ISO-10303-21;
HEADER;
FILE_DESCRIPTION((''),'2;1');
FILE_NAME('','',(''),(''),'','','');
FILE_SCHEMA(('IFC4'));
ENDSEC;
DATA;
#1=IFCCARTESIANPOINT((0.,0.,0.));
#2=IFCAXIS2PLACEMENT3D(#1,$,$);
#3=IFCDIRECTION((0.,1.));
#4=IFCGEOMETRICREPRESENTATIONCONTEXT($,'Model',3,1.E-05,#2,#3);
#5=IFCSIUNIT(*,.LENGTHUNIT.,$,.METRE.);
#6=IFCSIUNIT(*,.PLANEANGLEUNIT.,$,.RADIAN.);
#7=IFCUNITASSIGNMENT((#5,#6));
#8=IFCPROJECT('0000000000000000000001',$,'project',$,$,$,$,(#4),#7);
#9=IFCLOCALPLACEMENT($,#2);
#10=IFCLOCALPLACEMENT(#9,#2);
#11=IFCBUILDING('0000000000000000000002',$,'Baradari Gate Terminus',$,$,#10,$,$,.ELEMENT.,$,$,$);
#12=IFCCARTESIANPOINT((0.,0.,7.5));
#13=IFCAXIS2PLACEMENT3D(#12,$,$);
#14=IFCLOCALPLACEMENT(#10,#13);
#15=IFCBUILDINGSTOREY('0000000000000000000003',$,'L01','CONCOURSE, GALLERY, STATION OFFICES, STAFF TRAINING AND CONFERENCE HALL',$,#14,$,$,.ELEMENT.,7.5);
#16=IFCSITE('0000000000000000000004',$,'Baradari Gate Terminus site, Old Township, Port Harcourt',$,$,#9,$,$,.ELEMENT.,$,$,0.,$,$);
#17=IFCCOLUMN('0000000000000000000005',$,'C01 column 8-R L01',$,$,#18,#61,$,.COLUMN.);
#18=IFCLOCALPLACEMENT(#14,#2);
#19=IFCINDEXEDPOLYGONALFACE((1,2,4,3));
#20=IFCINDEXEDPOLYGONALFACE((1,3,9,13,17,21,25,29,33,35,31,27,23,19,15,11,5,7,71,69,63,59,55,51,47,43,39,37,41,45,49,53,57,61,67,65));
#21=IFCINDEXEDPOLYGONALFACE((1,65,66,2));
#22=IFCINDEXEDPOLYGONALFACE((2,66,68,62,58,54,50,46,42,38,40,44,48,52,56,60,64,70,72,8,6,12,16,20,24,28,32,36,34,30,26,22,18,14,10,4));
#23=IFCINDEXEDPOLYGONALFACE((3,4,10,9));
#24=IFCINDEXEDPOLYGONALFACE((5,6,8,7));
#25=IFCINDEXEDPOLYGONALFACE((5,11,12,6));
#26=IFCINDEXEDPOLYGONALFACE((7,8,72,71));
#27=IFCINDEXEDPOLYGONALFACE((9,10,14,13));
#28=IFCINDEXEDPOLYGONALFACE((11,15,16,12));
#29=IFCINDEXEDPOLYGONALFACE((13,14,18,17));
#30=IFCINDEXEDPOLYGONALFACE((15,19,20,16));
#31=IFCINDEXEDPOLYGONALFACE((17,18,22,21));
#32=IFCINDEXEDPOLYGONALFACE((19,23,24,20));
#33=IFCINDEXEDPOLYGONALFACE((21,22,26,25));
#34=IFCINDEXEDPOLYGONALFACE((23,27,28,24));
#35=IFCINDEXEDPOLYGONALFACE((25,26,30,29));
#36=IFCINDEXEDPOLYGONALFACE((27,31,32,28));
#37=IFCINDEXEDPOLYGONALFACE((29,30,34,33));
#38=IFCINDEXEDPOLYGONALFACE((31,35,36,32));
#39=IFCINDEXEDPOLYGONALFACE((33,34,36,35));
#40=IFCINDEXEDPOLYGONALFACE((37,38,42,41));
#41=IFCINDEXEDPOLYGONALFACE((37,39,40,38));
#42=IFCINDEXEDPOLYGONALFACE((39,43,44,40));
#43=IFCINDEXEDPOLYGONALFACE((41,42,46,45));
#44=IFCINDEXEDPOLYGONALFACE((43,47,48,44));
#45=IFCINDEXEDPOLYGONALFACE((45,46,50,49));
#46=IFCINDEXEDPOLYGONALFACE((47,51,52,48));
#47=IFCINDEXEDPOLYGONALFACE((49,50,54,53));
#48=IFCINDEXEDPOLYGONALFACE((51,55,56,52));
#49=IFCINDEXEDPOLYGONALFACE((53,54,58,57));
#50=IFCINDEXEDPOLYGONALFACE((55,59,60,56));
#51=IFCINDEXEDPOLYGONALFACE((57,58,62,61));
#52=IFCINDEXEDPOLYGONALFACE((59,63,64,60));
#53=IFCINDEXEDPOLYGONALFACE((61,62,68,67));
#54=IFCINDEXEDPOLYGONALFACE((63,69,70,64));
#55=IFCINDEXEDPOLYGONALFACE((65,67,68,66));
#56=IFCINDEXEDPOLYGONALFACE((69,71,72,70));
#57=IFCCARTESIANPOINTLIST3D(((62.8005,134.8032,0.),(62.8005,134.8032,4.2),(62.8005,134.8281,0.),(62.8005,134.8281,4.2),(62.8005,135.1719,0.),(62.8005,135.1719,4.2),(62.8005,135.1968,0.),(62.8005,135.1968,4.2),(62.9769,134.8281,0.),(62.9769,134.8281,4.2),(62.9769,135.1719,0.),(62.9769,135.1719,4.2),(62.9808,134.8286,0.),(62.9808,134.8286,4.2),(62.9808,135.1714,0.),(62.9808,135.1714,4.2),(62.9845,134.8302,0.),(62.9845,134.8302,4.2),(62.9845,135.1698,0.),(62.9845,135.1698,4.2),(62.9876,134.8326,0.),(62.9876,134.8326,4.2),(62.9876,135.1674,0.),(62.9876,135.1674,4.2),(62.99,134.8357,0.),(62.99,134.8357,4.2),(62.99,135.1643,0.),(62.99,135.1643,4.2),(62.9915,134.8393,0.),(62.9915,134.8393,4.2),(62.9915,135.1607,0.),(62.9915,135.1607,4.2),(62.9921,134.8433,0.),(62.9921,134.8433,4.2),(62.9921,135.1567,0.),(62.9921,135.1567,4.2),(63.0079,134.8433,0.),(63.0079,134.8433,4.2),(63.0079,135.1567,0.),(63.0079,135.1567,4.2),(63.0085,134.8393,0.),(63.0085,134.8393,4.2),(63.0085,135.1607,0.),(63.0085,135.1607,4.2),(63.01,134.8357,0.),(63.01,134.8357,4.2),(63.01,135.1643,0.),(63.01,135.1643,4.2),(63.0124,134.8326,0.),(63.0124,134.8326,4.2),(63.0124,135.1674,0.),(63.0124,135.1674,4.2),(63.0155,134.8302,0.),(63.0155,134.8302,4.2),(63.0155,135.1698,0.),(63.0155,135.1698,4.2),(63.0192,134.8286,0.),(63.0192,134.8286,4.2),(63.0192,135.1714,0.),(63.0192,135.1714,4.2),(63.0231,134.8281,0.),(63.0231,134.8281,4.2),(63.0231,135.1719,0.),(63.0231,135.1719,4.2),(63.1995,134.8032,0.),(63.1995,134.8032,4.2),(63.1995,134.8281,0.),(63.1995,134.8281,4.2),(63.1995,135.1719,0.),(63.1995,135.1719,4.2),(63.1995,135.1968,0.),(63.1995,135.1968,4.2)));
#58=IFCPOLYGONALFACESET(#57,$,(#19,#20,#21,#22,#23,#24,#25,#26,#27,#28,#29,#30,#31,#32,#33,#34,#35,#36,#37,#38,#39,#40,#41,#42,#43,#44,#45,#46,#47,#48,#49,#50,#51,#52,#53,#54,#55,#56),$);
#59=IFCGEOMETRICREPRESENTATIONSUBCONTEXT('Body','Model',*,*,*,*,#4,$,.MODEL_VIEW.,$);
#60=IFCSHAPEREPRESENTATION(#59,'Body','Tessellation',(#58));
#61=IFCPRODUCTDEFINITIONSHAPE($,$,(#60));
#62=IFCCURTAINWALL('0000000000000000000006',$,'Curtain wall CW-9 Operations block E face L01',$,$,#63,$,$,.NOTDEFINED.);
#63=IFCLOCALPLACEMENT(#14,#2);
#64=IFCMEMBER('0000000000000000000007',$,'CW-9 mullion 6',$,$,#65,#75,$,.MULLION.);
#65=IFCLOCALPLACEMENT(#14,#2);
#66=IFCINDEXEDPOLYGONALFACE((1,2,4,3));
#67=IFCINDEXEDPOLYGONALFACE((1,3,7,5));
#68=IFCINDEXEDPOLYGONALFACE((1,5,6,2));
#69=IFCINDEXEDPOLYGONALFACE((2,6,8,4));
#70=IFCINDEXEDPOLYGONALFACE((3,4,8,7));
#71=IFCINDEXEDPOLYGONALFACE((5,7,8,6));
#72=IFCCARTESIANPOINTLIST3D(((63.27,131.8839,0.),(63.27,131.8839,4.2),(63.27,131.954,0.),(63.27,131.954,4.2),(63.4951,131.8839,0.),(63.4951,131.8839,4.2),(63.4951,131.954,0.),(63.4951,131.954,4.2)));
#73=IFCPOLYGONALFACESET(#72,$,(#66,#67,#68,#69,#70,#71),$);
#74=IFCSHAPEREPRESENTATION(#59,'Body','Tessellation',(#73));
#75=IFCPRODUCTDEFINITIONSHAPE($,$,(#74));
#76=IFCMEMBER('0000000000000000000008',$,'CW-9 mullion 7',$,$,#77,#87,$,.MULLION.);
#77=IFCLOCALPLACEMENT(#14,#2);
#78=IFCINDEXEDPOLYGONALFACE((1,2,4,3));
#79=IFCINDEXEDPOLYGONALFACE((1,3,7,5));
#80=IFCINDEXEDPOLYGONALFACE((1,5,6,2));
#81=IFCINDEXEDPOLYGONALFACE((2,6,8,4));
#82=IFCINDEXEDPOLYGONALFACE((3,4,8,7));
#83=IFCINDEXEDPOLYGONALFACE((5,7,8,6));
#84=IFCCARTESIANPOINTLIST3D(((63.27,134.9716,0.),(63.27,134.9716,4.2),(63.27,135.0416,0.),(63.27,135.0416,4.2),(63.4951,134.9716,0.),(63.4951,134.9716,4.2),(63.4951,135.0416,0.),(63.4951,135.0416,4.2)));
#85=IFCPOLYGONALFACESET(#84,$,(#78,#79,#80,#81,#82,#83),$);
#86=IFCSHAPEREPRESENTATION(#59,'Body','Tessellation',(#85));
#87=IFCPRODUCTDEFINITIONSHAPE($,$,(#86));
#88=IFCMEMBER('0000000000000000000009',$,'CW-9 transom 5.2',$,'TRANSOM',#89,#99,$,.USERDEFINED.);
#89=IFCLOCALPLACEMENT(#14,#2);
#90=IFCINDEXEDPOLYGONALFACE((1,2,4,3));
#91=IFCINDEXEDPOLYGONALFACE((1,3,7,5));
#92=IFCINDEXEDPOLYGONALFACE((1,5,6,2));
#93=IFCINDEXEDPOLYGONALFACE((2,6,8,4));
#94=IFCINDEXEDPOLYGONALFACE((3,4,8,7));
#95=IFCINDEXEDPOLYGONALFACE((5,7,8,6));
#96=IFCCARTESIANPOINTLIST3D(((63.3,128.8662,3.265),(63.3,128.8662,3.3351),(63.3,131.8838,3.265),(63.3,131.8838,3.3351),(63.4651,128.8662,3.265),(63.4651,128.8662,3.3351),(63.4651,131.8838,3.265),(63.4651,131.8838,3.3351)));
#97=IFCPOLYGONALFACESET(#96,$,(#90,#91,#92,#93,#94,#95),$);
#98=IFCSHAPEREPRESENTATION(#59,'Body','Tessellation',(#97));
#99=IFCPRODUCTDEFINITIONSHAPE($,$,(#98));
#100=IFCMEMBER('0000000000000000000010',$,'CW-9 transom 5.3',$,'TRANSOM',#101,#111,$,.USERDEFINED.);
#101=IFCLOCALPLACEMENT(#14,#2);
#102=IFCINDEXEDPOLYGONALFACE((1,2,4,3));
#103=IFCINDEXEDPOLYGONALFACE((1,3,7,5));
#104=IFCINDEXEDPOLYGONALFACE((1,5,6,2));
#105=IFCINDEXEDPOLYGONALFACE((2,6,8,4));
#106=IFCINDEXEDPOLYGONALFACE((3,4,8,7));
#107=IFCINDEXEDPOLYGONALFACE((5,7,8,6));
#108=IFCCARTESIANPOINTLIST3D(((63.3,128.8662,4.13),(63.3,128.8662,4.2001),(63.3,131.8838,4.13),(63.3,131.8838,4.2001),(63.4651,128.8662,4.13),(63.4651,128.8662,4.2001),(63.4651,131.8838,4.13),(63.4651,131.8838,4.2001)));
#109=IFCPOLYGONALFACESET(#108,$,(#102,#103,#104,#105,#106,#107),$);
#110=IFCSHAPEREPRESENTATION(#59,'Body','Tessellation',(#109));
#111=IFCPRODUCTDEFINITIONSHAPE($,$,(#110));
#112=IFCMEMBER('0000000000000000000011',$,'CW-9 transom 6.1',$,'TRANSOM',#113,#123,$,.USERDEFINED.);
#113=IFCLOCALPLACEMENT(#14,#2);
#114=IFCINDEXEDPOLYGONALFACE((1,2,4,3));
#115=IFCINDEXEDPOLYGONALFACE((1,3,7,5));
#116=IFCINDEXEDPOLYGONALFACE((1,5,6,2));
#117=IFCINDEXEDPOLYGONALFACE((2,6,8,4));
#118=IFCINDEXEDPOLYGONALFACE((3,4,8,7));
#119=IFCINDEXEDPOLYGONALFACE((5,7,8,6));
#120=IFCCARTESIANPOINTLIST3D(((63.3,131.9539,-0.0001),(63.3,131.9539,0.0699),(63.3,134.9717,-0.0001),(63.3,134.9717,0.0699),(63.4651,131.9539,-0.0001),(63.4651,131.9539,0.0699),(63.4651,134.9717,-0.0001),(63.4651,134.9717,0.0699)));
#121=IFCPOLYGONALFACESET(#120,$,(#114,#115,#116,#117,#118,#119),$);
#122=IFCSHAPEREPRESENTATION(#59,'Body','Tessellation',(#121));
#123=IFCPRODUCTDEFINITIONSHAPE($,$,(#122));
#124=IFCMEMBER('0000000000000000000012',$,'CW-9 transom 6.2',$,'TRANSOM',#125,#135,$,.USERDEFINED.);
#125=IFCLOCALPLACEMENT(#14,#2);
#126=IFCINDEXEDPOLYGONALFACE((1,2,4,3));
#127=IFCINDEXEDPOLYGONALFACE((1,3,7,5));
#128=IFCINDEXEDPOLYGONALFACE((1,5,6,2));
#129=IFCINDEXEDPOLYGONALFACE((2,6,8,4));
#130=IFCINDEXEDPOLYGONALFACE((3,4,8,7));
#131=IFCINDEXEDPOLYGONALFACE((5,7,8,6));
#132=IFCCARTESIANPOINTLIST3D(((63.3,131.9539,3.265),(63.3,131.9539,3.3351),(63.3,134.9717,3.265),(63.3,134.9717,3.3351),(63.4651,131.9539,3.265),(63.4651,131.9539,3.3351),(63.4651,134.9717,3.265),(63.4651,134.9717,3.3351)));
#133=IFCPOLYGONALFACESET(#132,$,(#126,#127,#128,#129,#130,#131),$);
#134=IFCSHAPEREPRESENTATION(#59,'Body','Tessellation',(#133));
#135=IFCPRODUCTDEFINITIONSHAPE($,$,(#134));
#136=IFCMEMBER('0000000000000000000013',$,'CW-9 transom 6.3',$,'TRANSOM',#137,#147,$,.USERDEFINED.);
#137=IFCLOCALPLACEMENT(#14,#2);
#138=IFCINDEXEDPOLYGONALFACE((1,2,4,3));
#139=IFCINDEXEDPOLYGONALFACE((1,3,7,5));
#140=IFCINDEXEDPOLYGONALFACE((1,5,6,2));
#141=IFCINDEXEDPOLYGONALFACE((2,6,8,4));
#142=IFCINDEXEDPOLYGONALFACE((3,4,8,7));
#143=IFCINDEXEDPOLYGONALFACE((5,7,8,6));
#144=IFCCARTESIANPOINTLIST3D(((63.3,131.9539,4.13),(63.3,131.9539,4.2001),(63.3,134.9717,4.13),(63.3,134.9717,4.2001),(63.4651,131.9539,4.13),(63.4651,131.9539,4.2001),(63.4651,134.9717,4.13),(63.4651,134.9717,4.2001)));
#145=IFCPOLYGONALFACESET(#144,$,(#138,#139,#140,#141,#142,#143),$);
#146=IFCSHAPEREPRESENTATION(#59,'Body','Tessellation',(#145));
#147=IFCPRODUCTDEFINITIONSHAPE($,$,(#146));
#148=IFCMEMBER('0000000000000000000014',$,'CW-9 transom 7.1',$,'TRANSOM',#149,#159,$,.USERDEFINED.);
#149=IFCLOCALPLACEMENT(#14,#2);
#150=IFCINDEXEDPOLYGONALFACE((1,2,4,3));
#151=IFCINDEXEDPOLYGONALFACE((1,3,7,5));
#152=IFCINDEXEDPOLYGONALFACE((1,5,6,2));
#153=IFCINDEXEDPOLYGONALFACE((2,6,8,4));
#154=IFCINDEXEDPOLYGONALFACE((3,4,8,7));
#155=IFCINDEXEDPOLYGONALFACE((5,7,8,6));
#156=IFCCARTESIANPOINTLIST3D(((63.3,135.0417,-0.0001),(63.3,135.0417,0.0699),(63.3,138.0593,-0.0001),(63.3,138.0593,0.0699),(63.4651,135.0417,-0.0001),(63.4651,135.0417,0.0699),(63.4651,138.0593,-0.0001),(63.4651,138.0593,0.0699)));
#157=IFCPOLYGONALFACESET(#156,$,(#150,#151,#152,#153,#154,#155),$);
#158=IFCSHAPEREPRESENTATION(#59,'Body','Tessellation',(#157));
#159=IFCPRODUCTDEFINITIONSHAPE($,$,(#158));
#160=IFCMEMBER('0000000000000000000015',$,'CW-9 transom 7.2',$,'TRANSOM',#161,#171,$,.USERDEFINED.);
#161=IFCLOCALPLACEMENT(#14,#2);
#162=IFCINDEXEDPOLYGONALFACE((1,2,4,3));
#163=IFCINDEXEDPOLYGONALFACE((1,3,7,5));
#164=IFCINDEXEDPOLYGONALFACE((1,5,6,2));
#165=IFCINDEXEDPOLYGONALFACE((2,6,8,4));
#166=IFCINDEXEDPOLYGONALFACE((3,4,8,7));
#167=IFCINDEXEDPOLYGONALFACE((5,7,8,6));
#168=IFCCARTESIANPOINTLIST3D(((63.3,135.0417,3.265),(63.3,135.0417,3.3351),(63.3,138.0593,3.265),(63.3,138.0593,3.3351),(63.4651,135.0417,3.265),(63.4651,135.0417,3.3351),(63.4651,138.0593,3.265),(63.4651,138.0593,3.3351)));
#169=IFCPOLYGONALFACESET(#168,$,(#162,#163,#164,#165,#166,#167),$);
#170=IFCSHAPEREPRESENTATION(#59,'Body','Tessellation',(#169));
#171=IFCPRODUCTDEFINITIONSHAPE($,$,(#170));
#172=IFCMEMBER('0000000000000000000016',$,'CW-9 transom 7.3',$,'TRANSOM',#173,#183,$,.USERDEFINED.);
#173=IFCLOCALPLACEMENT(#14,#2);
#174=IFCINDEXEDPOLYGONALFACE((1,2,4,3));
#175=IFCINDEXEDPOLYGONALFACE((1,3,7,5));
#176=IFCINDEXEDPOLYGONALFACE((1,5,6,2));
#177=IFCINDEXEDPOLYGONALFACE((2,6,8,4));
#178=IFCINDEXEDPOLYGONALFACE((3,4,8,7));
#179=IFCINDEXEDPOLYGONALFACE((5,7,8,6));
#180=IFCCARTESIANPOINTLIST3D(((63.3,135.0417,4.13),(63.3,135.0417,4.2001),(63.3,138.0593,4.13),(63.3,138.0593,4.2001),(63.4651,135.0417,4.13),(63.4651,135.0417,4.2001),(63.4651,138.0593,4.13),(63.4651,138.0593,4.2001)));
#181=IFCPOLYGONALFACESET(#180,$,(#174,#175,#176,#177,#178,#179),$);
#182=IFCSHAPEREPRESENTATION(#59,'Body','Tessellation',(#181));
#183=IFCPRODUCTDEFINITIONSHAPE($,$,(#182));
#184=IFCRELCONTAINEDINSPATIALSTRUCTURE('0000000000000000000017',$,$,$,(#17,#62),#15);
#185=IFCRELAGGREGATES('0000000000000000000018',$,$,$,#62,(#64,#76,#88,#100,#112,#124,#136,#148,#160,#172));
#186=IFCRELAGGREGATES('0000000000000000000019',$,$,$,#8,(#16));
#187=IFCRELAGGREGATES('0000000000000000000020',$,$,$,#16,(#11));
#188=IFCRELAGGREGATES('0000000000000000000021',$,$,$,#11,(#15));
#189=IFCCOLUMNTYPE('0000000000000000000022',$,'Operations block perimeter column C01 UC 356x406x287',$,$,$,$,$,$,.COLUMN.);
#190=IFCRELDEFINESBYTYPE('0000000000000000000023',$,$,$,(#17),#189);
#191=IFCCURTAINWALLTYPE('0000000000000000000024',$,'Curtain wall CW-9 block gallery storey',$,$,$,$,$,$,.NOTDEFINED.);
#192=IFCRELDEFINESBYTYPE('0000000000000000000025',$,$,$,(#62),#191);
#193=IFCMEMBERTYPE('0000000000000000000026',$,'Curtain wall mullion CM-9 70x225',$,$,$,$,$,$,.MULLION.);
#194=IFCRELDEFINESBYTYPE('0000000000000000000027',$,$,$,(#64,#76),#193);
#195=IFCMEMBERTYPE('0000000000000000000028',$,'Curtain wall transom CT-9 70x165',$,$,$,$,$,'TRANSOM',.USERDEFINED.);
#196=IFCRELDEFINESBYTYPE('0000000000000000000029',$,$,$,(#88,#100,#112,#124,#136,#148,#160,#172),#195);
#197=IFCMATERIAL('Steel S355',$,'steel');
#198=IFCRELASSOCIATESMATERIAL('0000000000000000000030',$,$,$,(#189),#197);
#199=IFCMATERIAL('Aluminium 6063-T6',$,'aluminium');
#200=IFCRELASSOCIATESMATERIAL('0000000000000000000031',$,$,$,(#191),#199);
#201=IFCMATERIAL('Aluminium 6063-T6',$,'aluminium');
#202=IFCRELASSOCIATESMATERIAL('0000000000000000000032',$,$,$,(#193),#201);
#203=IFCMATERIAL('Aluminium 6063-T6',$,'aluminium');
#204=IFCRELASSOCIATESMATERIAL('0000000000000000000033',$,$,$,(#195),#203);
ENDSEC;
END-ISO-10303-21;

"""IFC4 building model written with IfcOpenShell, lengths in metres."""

from ifc_helpers import new_model, si_unit, direction, frame, origin, origin_2d, place, context, subcontext, project, spatial, rectangle, i_section, extrude, material, material_profile, profile_set, type_object, element, aggregate, save


model = new_model("IFC4")

# Units and contexts
model_context = context("Model", 3, precision=1e-05, world=origin(), true_north=direction((0.0, 1.0)))
body_context = subcontext(model_context, "Body", "Model", "MODEL_VIEW")
ifc_project = project(units=[si_unit("LENGTHUNIT", "METRE"), si_unit("PLANEANGLEUNIT", "RADIAN")], contexts=[model_context])

# Site, building, storey
site_placement = place(None, origin())
site = spatial("IfcSite", under=ifc_project, at=site_placement, Name="Baradari Gate Terminus site, Old Township, Port Harcourt", CompositionType="ELEMENT", RefElevation=0.0)
building_placement = place(site_placement, origin())
building = spatial("IfcBuilding", under=site, at=building_placement, Name="Baradari Gate Terminus", CompositionType="ELEMENT")
storey_placement = place(building_placement, frame((0.0, 0.0, 7.5)))
storey = spatial("IfcBuildingStorey", under=building, at=storey_placement, Name="L01", Description="CONCOURSE, GALLERY, STATION OFFICES, STAFF TRAINING AND CONFERENCE HALL", CompositionType="ELEMENT", Elevation=7.5)

# Column
ifc_material_1 = material(Name="Steel S355", Category="steel")
ifc_material_profile_1 = material_profile(ifc_material_1, i_section(OverallWidth=0.3989, OverallDepth=0.3936, WebThickness=0.0159, FlangeThickness=0.0249, FilletRadius=0.0151, at=origin_2d()), Name="UC 356x406x287")
ifc_profile_set_1 = profile_set([ifc_material_profile_1], Name="Steel S355")
column_type = type_object("IfcColumnType", Name="Operations block perimeter column C01 UC 356x406x287", PredefinedType="COLUMN", material=ifc_profile_set_1)
column_placement = place(storey_placement, frame((63.0, 135.0, 0.0), z_axis=(0.0, 0.0, 1.0), x_axis=(1.0, 0.0, 0.0)))
element("IfcColumn", 1, at=column_placement, inside=storey, type_object=column_type, Name="C01 column 8-R L01", PredefinedType="COLUMN", context=body_context, shape_type="SweptSolid", body=[
    extrude(i_section(OverallWidth=0.3989, OverallDepth=0.3936, WebThickness=0.0159, FlangeThickness=0.0249, FilletRadius=0.0151, at=origin_2d()), origin(), (0.0, 0.0, 1.0), 4.2),
])

# Curtain wall, members
ifc_material_2 = material(Name="Aluminium 6063-T6", Category="aluminium")
curtain_wall_type = type_object("IfcCurtainWallType", Name="Curtain wall CW-9 block gallery storey", PredefinedType="NOTDEFINED", material=ifc_material_2)
curtain_wall_placement = place(storey_placement, origin())
curtain_wall = element("IfcCurtainWall", 2, at=curtain_wall_placement, inside=storey, type_object=curtain_wall_type, Name="Curtain wall CW-9 Operations block E face L01", PredefinedType="NOTDEFINED")
ifc_material_3 = material(Name="Aluminium 6063-T6", Category="aluminium")
ifc_material_profile_2 = material_profile(ifc_material_3, rectangle(XDim=0.2251, YDim=0.0701, at=origin_2d()), Name="CM-9 70X225")
ifc_profile_set_2 = profile_set([ifc_material_profile_2], Name="Aluminium 6063-T6")
member_type_1 = type_object("IfcMemberType", Name="Curtain wall mullion CM-9 70x225", PredefinedType="MULLION", material=ifc_profile_set_2)
member_1_placement = place(storey_placement, frame((63.3826, 131.9189, 0.0), z_axis=(0.0, 0.0, 1.0), x_axis=(-1.0, 0.0, 0.0)))
member_1 = element("IfcMember", 3, at=member_1_placement, type_object=member_type_1, Name="CW-9 mullion 6", PredefinedType="MULLION", context=body_context, shape_type="SweptSolid", body=[
    extrude(rectangle(XDim=0.2251, YDim=0.0701, at=origin_2d()), origin(), (0.0, 0.0, 1.0), 4.2),
])
member_2_placement = place(storey_placement, frame((63.3826, 135.0066, 0.0), z_axis=(0.0, 0.0, 1.0), x_axis=(-1.0, 0.0, 0.0)))
member_2 = element("IfcMember", 4, at=member_2_placement, type_object=member_type_1, Name="CW-9 mullion 7", PredefinedType="MULLION", context=body_context, shape_type="SweptSolid", body=[
    extrude(rectangle(XDim=0.2251, YDim=0.0701, at=origin_2d()), origin(), (0.0, 0.0, 1.0), 4.2),
])
ifc_material_4 = material(Name="Aluminium 6063-T6", Category="aluminium")
ifc_material_profile_3 = material_profile(ifc_material_4, rectangle(XDim=0.165, YDim=0.0701, at=origin_2d()), Name="CT-9 70X165")
ifc_profile_set_3 = profile_set([ifc_material_profile_3], Name="Aluminium 6063-T6")
member_type_2 = type_object("IfcMemberType", Name="Curtain wall transom CT-9 70x165", ElementType="TRANSOM", PredefinedType="USERDEFINED", material=ifc_profile_set_3)
member_3_placement = place(storey_placement, frame((63.3826, 128.8662, 3.3), z_axis=(0.0, 1.0, 0.0), x_axis=(-1.0, 0.0, 0.0)))
member_3 = element("IfcMember", 5, at=member_3_placement, type_object=member_type_2, Name="CW-9 transom 5.2", ObjectType="TRANSOM", PredefinedType="USERDEFINED", context=body_context, shape_type="SweptSolid", body=[
    extrude(rectangle(XDim=0.165, YDim=0.0701, at=origin_2d()), origin(), (0.0, 0.0, 1.0), 3.0176),
])
member_4_placement = place(storey_placement, frame((63.3826, 128.8662, 4.165), z_axis=(0.0, 1.0, 0.0), x_axis=(-1.0, 0.0, 0.0)))
member_4 = element("IfcMember", 6, at=member_4_placement, type_object=member_type_2, Name="CW-9 transom 5.3", ObjectType="TRANSOM", PredefinedType="USERDEFINED", context=body_context, shape_type="SweptSolid", body=[
    extrude(rectangle(XDim=0.165, YDim=0.0701, at=origin_2d()), origin(), (0.0, 0.0, 1.0), 3.0176),
])
member_5_placement = place(storey_placement, frame((63.3826, 131.9539, 0.0349), z_axis=(0.0, 1.0, 0.0), x_axis=(-1.0, 0.0, 0.0)))
member_5 = element("IfcMember", 7, at=member_5_placement, type_object=member_type_2, Name="CW-9 transom 6.1", ObjectType="TRANSOM", PredefinedType="USERDEFINED", context=body_context, shape_type="SweptSolid", body=[
    extrude(rectangle(XDim=0.165, YDim=0.0701, at=origin_2d()), origin(), (0.0, 0.0, 1.0), 3.0178),
])
member_6_placement = place(storey_placement, frame((63.3826, 131.9539, 3.3), z_axis=(0.0, 1.0, 0.0), x_axis=(-1.0, 0.0, 0.0)))
member_6 = element("IfcMember", 8, at=member_6_placement, type_object=member_type_2, Name="CW-9 transom 6.2", ObjectType="TRANSOM", PredefinedType="USERDEFINED", context=body_context, shape_type="SweptSolid", body=[
    extrude(rectangle(XDim=0.165, YDim=0.0701, at=origin_2d()), origin(), (0.0, 0.0, 1.0), 3.0178),
])
member_7_placement = place(storey_placement, frame((63.3826, 131.9539, 4.165), z_axis=(0.0, 1.0, 0.0), x_axis=(-1.0, 0.0, 0.0)))
member_7 = element("IfcMember", 9, at=member_7_placement, type_object=member_type_2, Name="CW-9 transom 6.3", ObjectType="TRANSOM", PredefinedType="USERDEFINED", context=body_context, shape_type="SweptSolid", body=[
    extrude(rectangle(XDim=0.165, YDim=0.0701, at=origin_2d()), origin(), (0.0, 0.0, 1.0), 3.0178),
])
member_8_placement = place(storey_placement, frame((63.3826, 135.0417, 0.0349), z_axis=(0.0, 1.0, 0.0), x_axis=(-1.0, 0.0, 0.0)))
member_8 = element("IfcMember", 10, at=member_8_placement, type_object=member_type_2, Name="CW-9 transom 7.1", ObjectType="TRANSOM", PredefinedType="USERDEFINED", context=body_context, shape_type="SweptSolid", body=[
    extrude(rectangle(XDim=0.165, YDim=0.0701, at=origin_2d()), origin(), (0.0, 0.0, 1.0), 3.0176),
])
member_9_placement = place(storey_placement, frame((63.3826, 135.0417, 3.3), z_axis=(0.0, 1.0, 0.0), x_axis=(-1.0, 0.0, 0.0)))
member_9 = element("IfcMember", 11, at=member_9_placement, type_object=member_type_2, Name="CW-9 transom 7.2", ObjectType="TRANSOM", PredefinedType="USERDEFINED", context=body_context, shape_type="SweptSolid", body=[
    extrude(rectangle(XDim=0.165, YDim=0.0701, at=origin_2d()), origin(), (0.0, 0.0, 1.0), 3.0176),
])
member_10_placement = place(storey_placement, frame((63.3826, 135.0417, 4.165), z_axis=(0.0, 1.0, 0.0), x_axis=(-1.0, 0.0, 0.0)))
member_10 = element("IfcMember", 12, at=member_10_placement, type_object=member_type_2, Name="CW-9 transom 7.3", ObjectType="TRANSOM", PredefinedType="USERDEFINED", context=body_context, shape_type="SweptSolid", body=[
    extrude(rectangle(XDim=0.165, YDim=0.0701, at=origin_2d()), origin(), (0.0, 0.0, 1.0), 3.0176),
])
aggregate(curtain_wall, [member_1, member_2, member_3, member_4, member_5, member_6, member_7, member_8, member_9, member_10])

save(model, "model.ifc")
